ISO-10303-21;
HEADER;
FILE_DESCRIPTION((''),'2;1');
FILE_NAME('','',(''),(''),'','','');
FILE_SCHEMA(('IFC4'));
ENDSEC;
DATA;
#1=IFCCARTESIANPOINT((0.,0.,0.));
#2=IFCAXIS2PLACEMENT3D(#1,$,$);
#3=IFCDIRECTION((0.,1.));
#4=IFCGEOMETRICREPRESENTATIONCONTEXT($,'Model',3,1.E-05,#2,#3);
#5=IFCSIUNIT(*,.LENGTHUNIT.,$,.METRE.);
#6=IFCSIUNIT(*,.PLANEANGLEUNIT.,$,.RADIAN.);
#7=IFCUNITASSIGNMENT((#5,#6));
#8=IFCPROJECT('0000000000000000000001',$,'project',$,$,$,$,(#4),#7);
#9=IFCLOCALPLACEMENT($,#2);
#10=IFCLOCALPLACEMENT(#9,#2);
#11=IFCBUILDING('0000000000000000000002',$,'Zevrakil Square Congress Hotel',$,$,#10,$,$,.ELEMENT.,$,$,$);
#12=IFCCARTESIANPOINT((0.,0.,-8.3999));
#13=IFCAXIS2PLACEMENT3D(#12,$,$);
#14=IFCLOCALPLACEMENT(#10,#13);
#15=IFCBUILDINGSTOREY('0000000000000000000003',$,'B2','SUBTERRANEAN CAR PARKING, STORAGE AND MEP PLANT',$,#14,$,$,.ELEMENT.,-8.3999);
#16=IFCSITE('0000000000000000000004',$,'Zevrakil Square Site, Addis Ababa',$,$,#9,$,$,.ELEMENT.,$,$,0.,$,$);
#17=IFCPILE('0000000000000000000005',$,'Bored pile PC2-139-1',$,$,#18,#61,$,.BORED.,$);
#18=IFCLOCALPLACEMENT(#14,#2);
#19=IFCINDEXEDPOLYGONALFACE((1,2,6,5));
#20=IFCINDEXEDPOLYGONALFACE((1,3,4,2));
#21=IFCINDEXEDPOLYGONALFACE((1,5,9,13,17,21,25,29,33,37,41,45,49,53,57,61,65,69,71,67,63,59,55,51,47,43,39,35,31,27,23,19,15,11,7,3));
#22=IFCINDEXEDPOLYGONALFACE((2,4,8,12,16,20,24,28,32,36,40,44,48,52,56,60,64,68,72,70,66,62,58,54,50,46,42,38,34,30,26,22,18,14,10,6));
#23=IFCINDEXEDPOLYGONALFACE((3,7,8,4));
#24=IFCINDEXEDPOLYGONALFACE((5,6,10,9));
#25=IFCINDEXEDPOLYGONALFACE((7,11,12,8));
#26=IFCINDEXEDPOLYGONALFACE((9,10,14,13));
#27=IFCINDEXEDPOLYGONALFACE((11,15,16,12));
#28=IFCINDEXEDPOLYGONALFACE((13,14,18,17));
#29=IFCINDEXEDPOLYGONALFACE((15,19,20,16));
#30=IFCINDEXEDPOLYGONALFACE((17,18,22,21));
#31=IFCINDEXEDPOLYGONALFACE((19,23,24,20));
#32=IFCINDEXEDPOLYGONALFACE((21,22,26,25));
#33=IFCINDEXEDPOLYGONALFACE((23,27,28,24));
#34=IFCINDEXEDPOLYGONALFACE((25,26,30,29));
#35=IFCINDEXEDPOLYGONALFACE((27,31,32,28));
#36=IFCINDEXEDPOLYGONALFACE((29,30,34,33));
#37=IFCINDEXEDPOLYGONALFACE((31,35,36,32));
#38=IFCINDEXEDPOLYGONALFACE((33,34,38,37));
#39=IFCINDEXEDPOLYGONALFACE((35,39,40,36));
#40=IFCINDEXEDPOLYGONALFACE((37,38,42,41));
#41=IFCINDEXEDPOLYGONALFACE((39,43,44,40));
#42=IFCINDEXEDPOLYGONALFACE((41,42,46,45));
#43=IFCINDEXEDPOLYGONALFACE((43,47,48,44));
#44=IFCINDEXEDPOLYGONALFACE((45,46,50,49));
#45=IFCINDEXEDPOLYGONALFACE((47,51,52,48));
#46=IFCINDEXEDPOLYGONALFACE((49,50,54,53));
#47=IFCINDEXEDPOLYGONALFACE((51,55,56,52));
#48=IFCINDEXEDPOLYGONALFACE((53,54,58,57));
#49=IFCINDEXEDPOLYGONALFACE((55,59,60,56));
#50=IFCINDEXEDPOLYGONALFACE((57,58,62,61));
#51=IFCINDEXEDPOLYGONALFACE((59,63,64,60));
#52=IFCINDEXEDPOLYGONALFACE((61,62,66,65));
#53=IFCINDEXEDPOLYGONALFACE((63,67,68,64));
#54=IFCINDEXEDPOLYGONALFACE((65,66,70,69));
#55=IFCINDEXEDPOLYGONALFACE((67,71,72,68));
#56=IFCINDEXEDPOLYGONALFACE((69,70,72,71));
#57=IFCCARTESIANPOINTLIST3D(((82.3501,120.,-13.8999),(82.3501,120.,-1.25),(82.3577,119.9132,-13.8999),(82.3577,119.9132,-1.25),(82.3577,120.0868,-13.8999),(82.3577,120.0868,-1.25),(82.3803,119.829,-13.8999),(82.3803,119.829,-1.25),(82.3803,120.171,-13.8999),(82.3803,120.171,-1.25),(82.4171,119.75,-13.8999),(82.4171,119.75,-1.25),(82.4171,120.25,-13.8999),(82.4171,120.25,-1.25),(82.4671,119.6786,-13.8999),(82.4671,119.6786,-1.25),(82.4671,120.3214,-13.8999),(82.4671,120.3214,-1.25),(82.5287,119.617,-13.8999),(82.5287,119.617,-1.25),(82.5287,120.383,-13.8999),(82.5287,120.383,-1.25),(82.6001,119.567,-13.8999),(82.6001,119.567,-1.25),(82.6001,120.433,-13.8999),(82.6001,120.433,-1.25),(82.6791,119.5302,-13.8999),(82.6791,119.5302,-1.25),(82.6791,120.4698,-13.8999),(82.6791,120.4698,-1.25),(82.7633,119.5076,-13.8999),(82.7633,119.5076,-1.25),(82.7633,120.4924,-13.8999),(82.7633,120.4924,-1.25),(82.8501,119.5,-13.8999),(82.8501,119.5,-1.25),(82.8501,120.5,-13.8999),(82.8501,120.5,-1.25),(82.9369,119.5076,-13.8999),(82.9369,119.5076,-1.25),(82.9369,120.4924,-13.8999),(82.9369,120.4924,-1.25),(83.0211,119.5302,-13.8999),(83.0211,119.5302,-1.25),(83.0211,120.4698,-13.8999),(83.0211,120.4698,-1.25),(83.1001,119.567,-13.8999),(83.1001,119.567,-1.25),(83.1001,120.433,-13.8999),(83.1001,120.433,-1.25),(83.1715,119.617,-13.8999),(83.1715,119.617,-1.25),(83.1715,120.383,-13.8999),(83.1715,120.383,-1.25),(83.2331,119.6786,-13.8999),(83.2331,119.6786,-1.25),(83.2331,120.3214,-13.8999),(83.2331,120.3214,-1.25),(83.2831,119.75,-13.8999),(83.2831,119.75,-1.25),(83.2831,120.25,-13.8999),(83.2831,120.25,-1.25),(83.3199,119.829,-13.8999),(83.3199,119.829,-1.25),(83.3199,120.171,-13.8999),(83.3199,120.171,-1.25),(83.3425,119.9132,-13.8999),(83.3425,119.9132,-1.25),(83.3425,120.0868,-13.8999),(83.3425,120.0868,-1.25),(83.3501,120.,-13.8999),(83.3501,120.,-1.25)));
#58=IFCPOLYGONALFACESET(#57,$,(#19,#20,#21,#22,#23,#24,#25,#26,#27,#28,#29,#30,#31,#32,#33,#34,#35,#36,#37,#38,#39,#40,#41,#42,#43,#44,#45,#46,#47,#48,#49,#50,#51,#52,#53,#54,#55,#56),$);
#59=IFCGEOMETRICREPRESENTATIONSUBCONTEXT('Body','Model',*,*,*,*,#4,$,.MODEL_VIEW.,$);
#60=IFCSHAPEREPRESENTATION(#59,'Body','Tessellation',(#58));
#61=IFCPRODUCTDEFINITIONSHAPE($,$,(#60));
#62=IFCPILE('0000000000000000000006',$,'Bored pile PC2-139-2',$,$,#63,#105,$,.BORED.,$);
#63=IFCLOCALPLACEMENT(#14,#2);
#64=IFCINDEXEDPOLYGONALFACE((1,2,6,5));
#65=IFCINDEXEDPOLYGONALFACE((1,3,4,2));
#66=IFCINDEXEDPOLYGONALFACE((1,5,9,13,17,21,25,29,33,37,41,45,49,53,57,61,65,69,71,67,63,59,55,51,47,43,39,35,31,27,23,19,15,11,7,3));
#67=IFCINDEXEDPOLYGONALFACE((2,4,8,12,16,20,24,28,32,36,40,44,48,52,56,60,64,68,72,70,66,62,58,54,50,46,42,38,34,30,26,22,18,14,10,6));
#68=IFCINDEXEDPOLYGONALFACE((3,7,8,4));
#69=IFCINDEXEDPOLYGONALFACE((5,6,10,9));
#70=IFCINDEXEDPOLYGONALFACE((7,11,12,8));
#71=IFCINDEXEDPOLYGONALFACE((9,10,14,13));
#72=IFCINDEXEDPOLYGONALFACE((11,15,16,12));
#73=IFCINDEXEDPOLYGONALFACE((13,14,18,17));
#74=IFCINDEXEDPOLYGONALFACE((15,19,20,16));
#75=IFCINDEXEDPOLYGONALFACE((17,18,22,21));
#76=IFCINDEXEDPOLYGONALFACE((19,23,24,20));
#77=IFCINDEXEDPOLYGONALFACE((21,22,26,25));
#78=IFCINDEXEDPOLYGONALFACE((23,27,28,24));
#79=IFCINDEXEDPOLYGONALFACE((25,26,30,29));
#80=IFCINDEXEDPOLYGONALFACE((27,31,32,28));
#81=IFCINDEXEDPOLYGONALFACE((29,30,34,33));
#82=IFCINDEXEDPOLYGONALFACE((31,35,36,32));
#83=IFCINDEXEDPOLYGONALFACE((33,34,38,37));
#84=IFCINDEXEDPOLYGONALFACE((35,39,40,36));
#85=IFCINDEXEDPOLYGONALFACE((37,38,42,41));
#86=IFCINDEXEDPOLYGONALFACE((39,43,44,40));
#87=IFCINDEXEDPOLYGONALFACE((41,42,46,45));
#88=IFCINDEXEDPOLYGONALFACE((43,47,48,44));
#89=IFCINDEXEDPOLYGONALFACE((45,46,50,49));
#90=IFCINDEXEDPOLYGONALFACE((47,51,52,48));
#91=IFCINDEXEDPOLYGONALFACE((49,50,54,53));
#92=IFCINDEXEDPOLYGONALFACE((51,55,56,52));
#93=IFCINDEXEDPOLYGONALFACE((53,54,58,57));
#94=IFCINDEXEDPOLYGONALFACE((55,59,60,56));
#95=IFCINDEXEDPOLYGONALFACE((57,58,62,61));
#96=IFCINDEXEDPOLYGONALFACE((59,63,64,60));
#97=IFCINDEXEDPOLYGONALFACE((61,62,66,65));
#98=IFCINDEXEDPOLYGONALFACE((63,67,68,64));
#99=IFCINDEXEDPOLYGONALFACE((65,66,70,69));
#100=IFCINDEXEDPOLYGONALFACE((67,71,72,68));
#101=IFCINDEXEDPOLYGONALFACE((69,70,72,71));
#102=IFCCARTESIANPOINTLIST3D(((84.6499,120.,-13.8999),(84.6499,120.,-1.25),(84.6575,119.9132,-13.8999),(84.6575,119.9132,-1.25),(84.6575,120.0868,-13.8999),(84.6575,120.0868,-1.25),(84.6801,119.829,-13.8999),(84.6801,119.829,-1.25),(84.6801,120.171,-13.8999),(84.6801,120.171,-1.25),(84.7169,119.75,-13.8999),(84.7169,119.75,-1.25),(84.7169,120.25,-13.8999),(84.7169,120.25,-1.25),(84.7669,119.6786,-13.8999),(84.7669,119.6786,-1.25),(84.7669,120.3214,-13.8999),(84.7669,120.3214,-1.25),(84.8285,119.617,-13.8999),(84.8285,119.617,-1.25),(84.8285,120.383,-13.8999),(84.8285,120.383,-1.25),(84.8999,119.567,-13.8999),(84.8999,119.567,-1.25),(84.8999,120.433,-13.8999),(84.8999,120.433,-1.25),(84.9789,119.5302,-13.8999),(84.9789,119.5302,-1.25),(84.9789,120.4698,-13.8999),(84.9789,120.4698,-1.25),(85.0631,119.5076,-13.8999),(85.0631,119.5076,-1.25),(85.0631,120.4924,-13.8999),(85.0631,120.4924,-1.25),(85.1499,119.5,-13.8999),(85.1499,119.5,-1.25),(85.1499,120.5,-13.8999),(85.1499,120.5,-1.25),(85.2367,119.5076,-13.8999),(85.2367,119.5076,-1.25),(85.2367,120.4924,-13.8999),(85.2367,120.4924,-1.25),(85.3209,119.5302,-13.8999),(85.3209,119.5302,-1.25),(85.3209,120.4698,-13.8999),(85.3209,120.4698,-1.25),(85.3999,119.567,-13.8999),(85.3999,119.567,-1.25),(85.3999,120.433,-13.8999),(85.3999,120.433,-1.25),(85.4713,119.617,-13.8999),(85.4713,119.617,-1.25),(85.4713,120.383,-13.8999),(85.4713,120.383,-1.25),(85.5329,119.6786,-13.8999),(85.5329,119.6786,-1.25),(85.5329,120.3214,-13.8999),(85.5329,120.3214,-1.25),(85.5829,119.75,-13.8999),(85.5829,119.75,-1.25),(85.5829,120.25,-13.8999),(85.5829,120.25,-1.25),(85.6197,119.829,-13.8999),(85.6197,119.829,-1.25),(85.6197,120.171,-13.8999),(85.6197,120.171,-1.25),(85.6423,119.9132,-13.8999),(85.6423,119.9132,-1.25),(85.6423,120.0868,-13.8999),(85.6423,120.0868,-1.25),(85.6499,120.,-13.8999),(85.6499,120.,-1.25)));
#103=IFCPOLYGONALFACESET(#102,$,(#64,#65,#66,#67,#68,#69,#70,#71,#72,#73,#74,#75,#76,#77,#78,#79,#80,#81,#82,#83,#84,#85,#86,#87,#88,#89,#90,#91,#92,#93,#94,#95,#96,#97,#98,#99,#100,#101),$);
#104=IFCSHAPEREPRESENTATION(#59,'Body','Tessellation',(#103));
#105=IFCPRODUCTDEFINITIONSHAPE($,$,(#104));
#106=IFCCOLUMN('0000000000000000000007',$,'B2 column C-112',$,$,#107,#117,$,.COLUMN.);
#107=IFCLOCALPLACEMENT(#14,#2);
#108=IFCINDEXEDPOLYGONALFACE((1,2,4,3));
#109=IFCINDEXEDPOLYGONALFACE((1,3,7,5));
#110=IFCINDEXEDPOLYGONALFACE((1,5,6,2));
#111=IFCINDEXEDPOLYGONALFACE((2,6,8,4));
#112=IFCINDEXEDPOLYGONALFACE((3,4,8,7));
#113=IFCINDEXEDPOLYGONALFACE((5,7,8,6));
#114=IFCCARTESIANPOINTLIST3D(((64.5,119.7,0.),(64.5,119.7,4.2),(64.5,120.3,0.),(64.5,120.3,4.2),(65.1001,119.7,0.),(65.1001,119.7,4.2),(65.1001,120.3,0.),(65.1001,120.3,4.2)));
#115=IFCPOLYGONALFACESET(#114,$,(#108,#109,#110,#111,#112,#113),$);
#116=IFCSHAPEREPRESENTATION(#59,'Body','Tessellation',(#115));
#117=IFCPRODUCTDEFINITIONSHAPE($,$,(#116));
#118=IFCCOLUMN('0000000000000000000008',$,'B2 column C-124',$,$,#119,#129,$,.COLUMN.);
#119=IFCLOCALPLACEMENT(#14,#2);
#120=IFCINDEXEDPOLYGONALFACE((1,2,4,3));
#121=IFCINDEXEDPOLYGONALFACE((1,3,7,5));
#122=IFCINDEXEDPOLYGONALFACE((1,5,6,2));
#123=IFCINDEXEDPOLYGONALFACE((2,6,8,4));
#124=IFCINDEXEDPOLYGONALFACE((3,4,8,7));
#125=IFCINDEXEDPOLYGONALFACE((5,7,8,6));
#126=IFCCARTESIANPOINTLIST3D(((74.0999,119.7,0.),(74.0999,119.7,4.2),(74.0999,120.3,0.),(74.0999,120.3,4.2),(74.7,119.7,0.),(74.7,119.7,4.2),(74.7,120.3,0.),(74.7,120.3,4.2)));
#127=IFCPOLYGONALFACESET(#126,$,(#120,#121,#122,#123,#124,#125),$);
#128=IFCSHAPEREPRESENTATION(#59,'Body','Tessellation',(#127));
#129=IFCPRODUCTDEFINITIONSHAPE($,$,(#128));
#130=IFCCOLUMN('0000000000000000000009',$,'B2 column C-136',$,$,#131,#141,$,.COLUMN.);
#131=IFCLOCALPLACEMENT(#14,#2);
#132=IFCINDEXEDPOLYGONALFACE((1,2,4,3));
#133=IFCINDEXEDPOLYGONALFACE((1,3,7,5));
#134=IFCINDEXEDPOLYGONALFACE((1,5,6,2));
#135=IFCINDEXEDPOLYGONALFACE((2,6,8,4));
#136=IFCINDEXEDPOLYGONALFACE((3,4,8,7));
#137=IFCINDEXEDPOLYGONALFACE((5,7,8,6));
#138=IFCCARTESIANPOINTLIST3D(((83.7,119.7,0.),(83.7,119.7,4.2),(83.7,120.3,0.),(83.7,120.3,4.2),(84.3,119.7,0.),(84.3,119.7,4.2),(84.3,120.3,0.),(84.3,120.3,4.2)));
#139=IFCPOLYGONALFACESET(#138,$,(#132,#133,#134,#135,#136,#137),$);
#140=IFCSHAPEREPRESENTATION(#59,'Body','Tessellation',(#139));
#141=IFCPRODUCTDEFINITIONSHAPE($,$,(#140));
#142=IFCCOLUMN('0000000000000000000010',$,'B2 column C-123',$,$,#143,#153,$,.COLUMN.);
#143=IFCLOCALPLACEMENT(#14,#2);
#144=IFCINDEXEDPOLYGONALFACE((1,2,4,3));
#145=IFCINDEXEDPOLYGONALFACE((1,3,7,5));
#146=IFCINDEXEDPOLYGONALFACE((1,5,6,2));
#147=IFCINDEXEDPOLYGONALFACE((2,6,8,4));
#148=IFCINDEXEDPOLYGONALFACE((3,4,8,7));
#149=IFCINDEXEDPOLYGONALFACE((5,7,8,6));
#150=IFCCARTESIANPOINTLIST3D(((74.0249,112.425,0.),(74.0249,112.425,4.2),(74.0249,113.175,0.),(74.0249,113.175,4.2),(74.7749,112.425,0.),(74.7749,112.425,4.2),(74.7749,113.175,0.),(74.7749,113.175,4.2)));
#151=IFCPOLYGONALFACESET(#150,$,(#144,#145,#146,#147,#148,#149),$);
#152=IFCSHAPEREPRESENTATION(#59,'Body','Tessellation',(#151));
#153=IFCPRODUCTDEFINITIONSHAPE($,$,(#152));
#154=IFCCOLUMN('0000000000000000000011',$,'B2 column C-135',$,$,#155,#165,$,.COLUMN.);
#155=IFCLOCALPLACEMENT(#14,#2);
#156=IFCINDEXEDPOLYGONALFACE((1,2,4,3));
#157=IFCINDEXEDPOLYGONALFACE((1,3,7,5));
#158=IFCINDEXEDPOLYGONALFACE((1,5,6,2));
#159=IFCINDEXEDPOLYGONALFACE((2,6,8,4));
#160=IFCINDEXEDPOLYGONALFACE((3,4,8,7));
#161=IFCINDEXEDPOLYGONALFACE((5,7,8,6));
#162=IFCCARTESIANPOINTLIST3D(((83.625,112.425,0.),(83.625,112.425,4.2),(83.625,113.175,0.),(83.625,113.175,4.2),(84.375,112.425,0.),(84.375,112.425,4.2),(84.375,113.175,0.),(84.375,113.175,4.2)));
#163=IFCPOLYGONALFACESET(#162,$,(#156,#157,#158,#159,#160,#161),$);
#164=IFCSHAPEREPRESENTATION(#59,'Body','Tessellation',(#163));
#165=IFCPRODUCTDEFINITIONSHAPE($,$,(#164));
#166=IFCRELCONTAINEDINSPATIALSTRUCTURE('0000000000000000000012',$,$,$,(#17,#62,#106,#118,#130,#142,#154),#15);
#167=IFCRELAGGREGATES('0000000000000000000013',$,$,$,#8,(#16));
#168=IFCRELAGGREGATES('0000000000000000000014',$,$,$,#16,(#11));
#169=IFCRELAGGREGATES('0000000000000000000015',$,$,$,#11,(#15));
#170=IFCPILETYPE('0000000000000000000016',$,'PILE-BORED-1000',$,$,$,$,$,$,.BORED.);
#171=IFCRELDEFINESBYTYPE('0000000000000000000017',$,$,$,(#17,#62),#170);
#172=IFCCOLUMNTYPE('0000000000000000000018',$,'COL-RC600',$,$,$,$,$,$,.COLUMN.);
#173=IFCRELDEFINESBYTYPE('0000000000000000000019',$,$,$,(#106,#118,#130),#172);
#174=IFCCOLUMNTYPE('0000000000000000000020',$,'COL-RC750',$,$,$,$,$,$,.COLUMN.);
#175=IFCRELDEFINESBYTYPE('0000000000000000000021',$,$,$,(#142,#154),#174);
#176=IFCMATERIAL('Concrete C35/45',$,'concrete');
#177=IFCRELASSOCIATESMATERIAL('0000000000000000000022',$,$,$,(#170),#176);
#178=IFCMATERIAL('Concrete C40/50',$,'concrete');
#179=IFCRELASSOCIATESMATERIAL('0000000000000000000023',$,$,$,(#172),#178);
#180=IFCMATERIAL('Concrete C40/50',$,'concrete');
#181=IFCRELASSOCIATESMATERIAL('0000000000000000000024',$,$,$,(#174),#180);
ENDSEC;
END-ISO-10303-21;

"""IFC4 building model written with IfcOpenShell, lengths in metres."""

from ifc_helpers import new_model, si_unit, direction, frame, origin, origin_2d, place, context, subcontext, project, spatial, rectangle, circle, extrude, material, material_profile, profile_set, type_object, element, save


model = new_model("IFC4")

# Units and contexts
model_context = context("Model", 3, precision=1e-05, world=origin(), true_north=direction((0.0, 1.0)))
body_context = subcontext(model_context, "Body", "Model", "MODEL_VIEW")
ifc_project = project(units=[si_unit("LENGTHUNIT", "METRE"), si_unit("PLANEANGLEUNIT", "RADIAN")], contexts=[model_context])

# Site, building, storey
site_placement = place(None, origin())
site = spatial("IfcSite", under=ifc_project, at=site_placement, Name="Zevrakil Square Site, Addis Ababa", CompositionType="ELEMENT", RefElevation=0.0)
building_placement = place(site_placement, origin())
building = spatial("IfcBuilding", under=site, at=building_placement, Name="Zevrakil Square Congress Hotel", CompositionType="ELEMENT")
storey_placement = place(building_placement, frame((0.0, 0.0, -8.3999)))
storey = spatial("IfcBuildingStorey", under=building, at=storey_placement, Name="B2", Description="SUBTERRANEAN CAR PARKING, STORAGE AND MEP PLANT", CompositionType="ELEMENT", Elevation=-8.3999)

# Piles
ifc_material_1 = material(Name="Concrete C35/45", Category="concrete")
ifc_material_profile_1 = material_profile(ifc_material_1, circle(Radius=0.5, at=origin_2d()), Name="PILE D1000")
ifc_profile_set_1 = profile_set([ifc_material_profile_1], Name="Concrete C35/45")
pile_type = type_object("IfcPileType", Name="PILE-BORED-1000", PredefinedType="BORED", material=ifc_profile_set_1)
for number, where, z_axis, x_axis, name in (
    (1, (82.8501, 120.0, -1.25), (0.0, 0.0, -1.0), (1.0, 0.0, 0.0), "Bored pile PC2-139-1"),
    (2, (85.1499, 120.0, -1.25), (0.0, 0.0, -1.0), (1.0, 0.0, 0.0), "Bored pile PC2-139-2"),
):
    element("IfcPile", number, at=place(storey_placement, frame(where, z_axis=z_axis, x_axis=x_axis)), inside=storey, type_object=pile_type, Name=name, PredefinedType="BORED", context=body_context, shape_type="SweptSolid", body=[
        extrude(circle(Radius=0.5, at=origin_2d()), origin(), (0.0, 0.0, 1.0), 12.6499),
    ])

# Columns
ifc_material_2 = material(Name="Concrete C40/50", Category="concrete")
ifc_material_profile_2 = material_profile(ifc_material_2, rectangle(XDim=0.6001, YDim=0.6001, at=origin_2d()), Name="RC 600x600")
ifc_profile_set_2 = profile_set([ifc_material_profile_2], Name="Concrete C40/50")
column_type_1 = type_object("IfcColumnType", Name="COL-RC600", PredefinedType="COLUMN", material=ifc_profile_set_2)
for number, where, z_axis, x_axis, name in (
    (3, (64.8, 120.0, 0.0), (0.0, 0.0, 1.0), (1.0, 0.0, 0.0), "B2 column C-112"),
    (4, (74.3999, 120.0, 0.0), (0.0, 0.0, 1.0), (1.0, 0.0, 0.0), "B2 column C-124"),
    (5, (84.0, 120.0, 0.0), (0.0, 0.0, 1.0), (1.0, 0.0, 0.0), "B2 column C-136"),
):
    element("IfcColumn", number, at=place(storey_placement, frame(where, z_axis=z_axis, x_axis=x_axis)), inside=storey, type_object=column_type_1, Name=name, PredefinedType="COLUMN", context=body_context, shape_type="SweptSolid", body=[
        extrude(rectangle(XDim=0.6001, YDim=0.6001, at=origin_2d()), origin(), (0.0, 0.0, 1.0), 4.2),
    ])
ifc_material_3 = material(Name="Concrete C40/50", Category="concrete")
ifc_material_profile_3 = material_profile(ifc_material_3, rectangle(XDim=0.75, YDim=0.75, at=origin_2d()), Name="RC 750x750")
ifc_profile_set_3 = profile_set([ifc_material_profile_3], Name="Concrete C40/50")
column_type_2 = type_object("IfcColumnType", Name="COL-RC750", PredefinedType="COLUMN", material=ifc_profile_set_3)
for number, where, z_axis, x_axis, name in (
    (6, (74.3999, 112.8, 0.0), (0.0, 0.0, 1.0), (1.0, 0.0, 0.0), "B2 column C-123"),
    (7, (84.0, 112.8, 0.0), (0.0, 0.0, 1.0), (1.0, 0.0, 0.0), "B2 column C-135"),
):
    element("IfcColumn", number, at=place(storey_placement, frame(where, z_axis=z_axis, x_axis=x_axis)), inside=storey, type_object=column_type_2, Name=name, PredefinedType="COLUMN", context=body_context, shape_type="SweptSolid", body=[
        extrude(rectangle(XDim=0.75, YDim=0.75, at=origin_2d()), origin(), (0.0, 0.0, 1.0), 4.2),
    ])

save(model, "model.ifc")
